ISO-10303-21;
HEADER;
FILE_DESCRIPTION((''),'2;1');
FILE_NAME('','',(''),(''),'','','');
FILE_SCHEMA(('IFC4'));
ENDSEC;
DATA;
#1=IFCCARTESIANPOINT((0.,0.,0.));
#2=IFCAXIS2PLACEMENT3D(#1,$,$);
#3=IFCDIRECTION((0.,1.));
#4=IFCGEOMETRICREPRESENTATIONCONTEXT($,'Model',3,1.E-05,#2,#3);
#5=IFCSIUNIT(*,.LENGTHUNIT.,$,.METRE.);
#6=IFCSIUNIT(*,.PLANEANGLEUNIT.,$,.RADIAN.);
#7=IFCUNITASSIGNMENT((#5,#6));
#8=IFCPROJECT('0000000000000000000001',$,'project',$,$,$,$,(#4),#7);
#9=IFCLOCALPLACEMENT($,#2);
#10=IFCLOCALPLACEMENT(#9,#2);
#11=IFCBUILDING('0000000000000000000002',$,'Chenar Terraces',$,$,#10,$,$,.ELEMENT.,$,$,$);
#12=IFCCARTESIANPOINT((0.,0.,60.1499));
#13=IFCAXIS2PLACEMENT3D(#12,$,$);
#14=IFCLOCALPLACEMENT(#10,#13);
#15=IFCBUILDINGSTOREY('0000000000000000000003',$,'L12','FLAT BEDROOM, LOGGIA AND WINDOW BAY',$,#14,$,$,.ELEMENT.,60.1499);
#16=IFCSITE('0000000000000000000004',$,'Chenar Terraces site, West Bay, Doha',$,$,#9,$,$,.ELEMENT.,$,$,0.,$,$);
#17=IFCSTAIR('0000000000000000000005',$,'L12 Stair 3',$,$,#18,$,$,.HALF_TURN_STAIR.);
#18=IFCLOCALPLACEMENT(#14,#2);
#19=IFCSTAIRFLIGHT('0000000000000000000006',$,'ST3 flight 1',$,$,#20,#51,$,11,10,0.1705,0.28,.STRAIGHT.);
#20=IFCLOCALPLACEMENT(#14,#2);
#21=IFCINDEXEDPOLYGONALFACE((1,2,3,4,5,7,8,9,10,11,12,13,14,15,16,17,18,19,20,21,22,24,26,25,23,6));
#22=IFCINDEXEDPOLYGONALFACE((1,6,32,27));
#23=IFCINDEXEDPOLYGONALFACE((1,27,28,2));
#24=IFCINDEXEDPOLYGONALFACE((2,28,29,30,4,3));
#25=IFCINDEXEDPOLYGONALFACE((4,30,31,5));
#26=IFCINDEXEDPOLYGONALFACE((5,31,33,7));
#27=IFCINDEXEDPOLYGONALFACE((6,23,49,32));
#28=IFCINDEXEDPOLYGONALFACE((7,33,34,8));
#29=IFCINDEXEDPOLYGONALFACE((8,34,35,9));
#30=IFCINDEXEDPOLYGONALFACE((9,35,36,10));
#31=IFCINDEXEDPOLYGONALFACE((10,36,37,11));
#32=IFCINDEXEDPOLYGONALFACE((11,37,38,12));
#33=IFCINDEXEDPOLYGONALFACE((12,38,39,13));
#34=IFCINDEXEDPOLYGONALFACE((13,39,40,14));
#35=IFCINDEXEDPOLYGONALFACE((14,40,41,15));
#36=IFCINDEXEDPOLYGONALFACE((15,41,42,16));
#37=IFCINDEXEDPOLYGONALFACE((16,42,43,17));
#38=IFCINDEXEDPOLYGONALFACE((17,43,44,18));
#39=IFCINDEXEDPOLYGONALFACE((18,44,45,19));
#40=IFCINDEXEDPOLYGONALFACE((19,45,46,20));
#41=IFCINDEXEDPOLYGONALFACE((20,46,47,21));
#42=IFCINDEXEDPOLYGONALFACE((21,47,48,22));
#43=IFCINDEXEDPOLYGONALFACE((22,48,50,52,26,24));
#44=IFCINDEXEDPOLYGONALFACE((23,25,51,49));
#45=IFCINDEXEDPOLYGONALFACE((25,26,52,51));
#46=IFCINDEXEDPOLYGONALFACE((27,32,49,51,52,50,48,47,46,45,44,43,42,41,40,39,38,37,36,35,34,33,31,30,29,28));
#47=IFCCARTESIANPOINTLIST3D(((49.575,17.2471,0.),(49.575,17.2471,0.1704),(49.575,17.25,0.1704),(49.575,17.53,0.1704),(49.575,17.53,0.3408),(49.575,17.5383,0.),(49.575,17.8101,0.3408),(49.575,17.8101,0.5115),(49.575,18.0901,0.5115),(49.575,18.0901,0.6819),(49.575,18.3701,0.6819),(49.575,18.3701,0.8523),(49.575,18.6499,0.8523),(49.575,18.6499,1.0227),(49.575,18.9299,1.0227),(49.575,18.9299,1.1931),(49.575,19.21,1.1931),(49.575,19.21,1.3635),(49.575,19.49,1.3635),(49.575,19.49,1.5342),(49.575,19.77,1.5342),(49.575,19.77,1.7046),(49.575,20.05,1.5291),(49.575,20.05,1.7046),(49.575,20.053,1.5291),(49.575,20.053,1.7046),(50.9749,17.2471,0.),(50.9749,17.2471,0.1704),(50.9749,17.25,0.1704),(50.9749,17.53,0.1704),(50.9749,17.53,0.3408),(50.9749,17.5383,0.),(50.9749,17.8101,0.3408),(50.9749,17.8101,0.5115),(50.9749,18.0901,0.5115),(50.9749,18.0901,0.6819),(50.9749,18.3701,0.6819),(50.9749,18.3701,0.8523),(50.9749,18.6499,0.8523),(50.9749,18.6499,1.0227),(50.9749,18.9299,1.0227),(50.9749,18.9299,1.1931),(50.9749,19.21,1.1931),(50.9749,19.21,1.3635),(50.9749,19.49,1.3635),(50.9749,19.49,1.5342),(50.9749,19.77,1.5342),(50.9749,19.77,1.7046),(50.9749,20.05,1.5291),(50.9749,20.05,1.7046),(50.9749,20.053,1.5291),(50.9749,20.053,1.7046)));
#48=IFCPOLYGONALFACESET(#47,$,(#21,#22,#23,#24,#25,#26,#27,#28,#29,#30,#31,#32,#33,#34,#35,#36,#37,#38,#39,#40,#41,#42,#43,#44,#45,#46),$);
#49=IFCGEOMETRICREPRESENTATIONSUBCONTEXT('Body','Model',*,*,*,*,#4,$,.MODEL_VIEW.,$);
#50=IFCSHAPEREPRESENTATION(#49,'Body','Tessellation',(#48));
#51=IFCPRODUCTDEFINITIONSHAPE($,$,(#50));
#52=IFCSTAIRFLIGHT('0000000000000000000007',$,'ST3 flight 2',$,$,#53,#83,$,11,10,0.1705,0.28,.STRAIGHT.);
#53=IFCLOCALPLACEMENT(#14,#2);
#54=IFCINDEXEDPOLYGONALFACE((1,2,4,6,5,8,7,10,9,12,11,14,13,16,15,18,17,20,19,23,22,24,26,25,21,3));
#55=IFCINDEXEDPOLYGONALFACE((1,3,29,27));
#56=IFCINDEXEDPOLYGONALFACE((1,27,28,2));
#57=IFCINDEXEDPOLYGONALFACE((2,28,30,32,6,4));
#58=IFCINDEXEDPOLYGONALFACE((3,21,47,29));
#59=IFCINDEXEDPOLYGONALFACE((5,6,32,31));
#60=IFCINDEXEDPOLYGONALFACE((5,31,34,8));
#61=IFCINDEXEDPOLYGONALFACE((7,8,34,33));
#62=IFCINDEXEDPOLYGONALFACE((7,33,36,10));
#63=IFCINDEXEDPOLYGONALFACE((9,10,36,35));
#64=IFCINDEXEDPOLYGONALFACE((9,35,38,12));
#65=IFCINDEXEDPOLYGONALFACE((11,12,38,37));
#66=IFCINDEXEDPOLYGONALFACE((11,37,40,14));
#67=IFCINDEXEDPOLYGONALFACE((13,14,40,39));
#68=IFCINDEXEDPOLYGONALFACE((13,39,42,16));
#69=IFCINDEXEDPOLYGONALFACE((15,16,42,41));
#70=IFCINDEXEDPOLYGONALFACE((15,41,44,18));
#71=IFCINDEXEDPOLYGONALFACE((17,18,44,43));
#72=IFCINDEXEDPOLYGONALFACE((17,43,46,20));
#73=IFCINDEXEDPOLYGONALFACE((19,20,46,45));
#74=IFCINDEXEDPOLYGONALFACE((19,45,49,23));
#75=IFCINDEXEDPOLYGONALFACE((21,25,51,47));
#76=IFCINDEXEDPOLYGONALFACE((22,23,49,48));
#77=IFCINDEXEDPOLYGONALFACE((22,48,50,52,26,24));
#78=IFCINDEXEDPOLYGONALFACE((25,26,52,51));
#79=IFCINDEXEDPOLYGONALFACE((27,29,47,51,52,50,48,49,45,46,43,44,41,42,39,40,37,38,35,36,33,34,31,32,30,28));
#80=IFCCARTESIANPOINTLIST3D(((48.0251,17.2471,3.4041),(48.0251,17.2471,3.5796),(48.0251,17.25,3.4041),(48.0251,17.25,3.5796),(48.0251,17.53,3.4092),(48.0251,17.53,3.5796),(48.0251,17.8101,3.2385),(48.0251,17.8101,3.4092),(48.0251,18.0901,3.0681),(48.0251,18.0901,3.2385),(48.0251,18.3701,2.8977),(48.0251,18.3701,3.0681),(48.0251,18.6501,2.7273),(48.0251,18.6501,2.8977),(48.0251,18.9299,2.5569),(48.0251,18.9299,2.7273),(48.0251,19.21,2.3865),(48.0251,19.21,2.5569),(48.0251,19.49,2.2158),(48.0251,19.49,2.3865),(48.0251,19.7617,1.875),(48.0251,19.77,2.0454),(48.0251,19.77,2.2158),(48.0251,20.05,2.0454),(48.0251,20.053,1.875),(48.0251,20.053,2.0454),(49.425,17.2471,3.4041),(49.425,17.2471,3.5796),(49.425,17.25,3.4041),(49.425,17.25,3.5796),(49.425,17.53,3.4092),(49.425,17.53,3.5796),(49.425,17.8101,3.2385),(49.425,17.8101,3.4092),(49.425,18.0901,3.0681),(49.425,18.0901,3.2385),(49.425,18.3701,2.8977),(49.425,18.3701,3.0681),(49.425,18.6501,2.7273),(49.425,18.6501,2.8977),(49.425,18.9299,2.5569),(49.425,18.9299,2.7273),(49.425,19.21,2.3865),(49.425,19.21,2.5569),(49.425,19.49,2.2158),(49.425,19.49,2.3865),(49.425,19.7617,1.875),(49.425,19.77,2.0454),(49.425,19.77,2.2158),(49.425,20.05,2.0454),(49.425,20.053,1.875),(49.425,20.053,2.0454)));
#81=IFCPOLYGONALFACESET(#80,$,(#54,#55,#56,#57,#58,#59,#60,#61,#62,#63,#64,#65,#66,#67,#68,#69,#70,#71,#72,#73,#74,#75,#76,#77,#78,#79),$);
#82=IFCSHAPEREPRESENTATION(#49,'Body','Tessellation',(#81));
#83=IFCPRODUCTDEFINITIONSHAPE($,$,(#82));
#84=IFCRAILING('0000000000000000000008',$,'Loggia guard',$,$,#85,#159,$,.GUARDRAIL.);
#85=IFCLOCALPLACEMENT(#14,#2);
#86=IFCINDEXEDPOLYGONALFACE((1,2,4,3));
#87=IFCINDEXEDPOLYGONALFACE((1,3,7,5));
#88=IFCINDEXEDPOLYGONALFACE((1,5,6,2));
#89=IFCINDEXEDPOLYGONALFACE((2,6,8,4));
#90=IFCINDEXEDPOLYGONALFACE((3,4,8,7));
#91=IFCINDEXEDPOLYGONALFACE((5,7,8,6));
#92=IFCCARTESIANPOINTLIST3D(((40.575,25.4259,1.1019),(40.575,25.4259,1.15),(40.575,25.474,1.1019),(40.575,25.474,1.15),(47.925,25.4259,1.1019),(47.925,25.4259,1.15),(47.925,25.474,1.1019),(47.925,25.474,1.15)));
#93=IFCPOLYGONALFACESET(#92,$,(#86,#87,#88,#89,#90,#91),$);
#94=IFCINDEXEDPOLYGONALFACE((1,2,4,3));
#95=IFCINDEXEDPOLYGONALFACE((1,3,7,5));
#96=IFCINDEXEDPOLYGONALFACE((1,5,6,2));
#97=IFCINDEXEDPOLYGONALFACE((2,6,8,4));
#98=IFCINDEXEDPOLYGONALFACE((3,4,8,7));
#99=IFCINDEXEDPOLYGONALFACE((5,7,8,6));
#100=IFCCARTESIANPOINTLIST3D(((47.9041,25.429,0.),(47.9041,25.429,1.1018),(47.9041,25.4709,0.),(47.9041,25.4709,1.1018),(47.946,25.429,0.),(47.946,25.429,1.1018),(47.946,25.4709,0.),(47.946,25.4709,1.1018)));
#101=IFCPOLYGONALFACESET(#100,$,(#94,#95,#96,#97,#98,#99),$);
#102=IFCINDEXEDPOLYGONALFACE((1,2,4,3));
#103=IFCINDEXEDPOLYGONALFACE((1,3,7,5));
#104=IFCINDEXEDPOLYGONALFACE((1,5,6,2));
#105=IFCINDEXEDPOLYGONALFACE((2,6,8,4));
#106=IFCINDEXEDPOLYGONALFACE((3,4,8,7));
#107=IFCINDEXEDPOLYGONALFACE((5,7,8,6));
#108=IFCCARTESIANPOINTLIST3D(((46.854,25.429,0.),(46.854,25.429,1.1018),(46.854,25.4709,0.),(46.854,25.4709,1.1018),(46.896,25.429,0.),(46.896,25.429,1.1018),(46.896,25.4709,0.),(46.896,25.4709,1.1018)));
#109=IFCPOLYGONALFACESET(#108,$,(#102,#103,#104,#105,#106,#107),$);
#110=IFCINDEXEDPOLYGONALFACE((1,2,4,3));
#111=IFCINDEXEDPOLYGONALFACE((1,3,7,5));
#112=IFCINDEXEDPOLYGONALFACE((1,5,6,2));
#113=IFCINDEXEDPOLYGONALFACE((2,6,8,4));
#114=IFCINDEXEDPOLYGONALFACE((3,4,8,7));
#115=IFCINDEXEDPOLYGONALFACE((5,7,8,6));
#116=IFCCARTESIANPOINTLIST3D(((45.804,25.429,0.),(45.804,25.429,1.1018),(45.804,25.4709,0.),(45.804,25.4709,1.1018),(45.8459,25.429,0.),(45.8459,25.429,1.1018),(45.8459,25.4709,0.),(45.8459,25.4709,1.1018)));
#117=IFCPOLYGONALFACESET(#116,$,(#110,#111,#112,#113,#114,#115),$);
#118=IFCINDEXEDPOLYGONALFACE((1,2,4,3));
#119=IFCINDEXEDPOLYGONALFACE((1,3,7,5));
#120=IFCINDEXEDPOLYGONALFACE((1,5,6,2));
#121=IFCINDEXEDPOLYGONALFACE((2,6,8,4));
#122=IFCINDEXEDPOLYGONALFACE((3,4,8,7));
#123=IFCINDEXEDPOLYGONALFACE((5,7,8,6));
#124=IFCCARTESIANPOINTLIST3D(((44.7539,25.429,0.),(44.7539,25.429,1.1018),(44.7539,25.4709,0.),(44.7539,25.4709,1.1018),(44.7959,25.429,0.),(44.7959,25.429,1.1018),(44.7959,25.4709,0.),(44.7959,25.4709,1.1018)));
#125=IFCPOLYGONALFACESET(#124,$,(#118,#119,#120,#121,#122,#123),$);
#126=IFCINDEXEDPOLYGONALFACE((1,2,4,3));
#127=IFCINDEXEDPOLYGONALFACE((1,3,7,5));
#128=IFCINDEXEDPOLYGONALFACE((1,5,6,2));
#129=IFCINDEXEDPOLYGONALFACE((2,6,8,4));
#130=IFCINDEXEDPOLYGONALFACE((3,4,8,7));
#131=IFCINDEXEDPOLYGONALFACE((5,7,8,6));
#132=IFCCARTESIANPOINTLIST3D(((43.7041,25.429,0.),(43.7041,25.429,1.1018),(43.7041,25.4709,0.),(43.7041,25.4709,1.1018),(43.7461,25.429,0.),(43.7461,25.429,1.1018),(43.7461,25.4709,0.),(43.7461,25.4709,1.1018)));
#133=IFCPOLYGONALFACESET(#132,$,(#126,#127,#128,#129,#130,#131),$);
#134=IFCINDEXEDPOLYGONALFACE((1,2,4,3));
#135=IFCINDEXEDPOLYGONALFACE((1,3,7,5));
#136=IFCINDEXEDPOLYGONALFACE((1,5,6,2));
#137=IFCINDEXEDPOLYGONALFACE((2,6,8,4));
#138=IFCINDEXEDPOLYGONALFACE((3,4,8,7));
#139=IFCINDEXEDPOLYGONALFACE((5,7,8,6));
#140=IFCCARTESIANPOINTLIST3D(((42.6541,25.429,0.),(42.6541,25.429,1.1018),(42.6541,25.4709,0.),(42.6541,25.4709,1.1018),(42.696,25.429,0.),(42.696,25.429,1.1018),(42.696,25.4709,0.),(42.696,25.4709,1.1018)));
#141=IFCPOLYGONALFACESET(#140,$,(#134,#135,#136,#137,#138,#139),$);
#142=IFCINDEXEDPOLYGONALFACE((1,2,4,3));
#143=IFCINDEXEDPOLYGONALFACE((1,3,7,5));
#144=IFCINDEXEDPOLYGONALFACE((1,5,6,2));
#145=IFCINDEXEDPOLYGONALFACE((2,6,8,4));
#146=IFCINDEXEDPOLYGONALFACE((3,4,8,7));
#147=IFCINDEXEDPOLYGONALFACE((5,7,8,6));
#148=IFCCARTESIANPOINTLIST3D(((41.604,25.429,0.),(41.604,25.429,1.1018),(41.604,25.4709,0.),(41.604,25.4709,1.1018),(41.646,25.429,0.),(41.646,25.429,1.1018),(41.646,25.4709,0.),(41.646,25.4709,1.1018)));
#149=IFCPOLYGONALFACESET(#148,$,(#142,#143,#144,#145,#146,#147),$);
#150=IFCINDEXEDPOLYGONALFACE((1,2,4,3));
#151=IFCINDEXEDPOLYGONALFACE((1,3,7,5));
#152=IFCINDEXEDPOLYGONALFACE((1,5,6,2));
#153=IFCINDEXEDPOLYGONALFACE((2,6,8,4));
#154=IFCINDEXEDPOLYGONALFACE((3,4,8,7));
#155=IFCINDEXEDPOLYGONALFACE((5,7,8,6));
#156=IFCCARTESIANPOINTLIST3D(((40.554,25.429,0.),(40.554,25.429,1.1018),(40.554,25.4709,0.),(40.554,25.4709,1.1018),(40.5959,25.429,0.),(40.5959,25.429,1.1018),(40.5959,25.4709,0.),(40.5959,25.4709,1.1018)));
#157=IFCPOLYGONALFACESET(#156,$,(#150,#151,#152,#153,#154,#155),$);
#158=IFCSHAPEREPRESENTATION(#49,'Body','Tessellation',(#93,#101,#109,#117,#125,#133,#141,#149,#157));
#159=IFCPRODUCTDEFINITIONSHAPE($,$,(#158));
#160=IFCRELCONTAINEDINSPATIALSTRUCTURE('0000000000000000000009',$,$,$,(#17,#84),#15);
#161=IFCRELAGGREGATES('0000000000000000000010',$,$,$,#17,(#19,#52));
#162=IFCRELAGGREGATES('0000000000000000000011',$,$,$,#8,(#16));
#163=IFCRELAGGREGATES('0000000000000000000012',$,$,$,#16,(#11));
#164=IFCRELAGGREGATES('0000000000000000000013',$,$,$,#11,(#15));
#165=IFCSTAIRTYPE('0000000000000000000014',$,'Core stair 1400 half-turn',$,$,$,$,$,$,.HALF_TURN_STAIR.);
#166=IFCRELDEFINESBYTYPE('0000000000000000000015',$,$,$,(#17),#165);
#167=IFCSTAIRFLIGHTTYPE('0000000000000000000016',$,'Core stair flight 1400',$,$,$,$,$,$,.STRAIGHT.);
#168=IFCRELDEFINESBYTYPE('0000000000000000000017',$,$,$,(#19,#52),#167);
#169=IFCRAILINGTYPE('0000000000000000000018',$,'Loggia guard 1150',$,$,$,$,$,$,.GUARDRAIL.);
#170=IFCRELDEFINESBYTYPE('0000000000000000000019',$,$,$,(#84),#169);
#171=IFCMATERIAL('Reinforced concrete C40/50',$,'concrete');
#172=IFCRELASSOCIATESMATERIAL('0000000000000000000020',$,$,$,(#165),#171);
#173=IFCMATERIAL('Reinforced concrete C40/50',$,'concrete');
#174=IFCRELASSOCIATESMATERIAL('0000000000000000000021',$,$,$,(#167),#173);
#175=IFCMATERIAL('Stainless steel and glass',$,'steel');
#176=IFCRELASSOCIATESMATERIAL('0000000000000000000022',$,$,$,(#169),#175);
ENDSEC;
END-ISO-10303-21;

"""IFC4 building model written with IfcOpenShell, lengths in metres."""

from ifc_helpers import new_model, si_unit, direction, frame, origin, origin_2d, place, context, subcontext, project, spatial, polyline, rectangle, outline, extrude, material, type_object, element, aggregate, save


model = new_model("IFC4")

# Units and contexts
model_context = context("Model", 3, precision=1e-05, world=origin(), true_north=direction((0.0, 1.0)))
body_context = subcontext(model_context, "Body", "Model", "MODEL_VIEW")
ifc_project = project(units=[si_unit("LENGTHUNIT", "METRE"), si_unit("PLANEANGLEUNIT", "RADIAN")], contexts=[model_context])

# Site, building, storey
site_placement = place(None, origin())
site = spatial("IfcSite", under=ifc_project, at=site_placement, Name="Chenar Terraces site, West Bay, Doha", CompositionType="ELEMENT", RefElevation=0.0)
building_placement = place(site_placement, origin())
building = spatial("IfcBuilding", under=site, at=building_placement, Name="Chenar Terraces", CompositionType="ELEMENT")
storey_placement = place(building_placement, frame((0.0, 0.0, 60.1499)))
storey = spatial("IfcBuildingStorey", under=building, at=storey_placement, Name="L12", Description="FLAT BEDROOM, LOGGIA AND WINDOW BAY", CompositionType="ELEMENT", Elevation=60.1499)

# Stair, stair flights
ifc_material_1 = material(Name="Reinforced concrete C40/50", Category="concrete")
stair_type = type_object("IfcStairType", Name="Core stair 1400 half-turn", PredefinedType="HALF_TURN_STAIR", material=ifc_material_1)
stair_placement = place(storey_placement, origin())
stair = element("IfcStair", 1, at=stair_placement, inside=storey, type_object=stair_type, Name="L12 Stair 3", PredefinedType="HALF_TURN_STAIR")
ifc_material_2 = material(Name="Reinforced concrete C40/50", Category="concrete")
stair_flight_type = type_object("IfcStairFlightType", Name="Core stair flight 1400", PredefinedType="STRAIGHT", material=ifc_material_2)
stair_flight_1_placement = place(storey_placement, frame((50.2749, 17.25, 0.0), z_axis=(0.0, 0.0, 1.0), x_axis=(0.0, 1.0, 0.0)))
stair_flight_1 = element("IfcStairFlight", 2, at=stair_flight_1_placement, type_object=stair_flight_type, Name="ST3 flight 1", NumberOfRisers=11, NumberOfTreads=10, PredefinedType="STRAIGHT", RiserHeight=0.1705, TreadLength=0.28, context=body_context, shape_type="SweptSolid", body=[
    extrude(outline(polyline([(-0.0029, 0.0), (-0.0029, 0.1704), (0.0, 0.1704), (0.28, 0.1704), (0.28, 0.3408), (0.5601, 0.3408), (0.5601, 0.5115), (0.8401, 0.5115), (0.8401, 0.6819), (1.1201, 0.6819), (1.1201, 0.8523), (1.3999, 0.8523), (1.3999, 1.0227), (1.6799, 1.0227), (1.6799, 1.1931), (1.96, 1.1931), (1.96, 1.3635), (2.24, 1.3635), (2.24, 1.5342), (2.52, 1.5342), (2.52, 1.7046), (2.8, 1.7046), (2.803, 1.7046), (2.803, 1.5291), (2.8, 1.5291), (0.2883, 0.0), (-0.0029, 0.0)])), frame((0.0, 0.7, 0.0), z_axis=(0.0, -1.0, 0.0), x_axis=(1.0, 0.0, 0.0)), (0.0, 0.0, 1.0), 1.3999),
])
stair_flight_2_placement = place(storey_placement, frame((48.7251, 20.05, 1.875), z_axis=(0.0, 0.0, 1.0), x_axis=(0.0, -1.0, 0.0)))
stair_flight_2 = element("IfcStairFlight", 3, at=stair_flight_2_placement, type_object=stair_flight_type, Name="ST3 flight 2", NumberOfRisers=11, NumberOfTreads=10, PredefinedType="STRAIGHT", RiserHeight=0.1705, TreadLength=0.28, context=body_context, shape_type="SweptSolid", body=[
    extrude(outline(polyline([(-0.0029, 0.0), (-0.0029, 0.1704), (0.0, 0.1704), (0.28, 0.1704), (0.28, 0.3408), (0.5601, 0.3408), (0.5601, 0.5115), (0.8401, 0.5115), (0.8401, 0.6819), (1.1201, 0.6819), (1.1201, 0.8523), (1.3999, 0.8523), (1.3999, 1.0227), (1.6799, 1.0227), (1.6799, 1.1931), (1.96, 1.1931), (1.96, 1.3635), (2.24, 1.3635), (2.24, 1.5342), (2.52, 1.5342), (2.52, 1.7046), (2.8, 1.7046), (2.803, 1.7046), (2.803, 1.5291), (2.8, 1.5291), (0.2883, 0.0), (-0.0029, 0.0)])), frame((0.0, 0.7, 0.0), z_axis=(0.0, -1.0, 0.0), x_axis=(1.0, 0.0, 0.0)), (0.0, 0.0, 1.0), 1.3999),
])
aggregate(stair, [stair_flight_1, stair_flight_2])

# Railing
ifc_material_3 = material(Name="Stainless steel and glass", Category="steel")
railing_type_1 = type_object("IfcRailingType", Name="Loggia guard 1150", PredefinedType="GUARDRAIL", material=ifc_material_3)
railing_1_placement = place(storey_placement, frame((47.925, 25.45, 0.0)))
element("IfcRailing", 4, at=railing_1_placement, inside=storey, type_object=railing_type_1, Name="Loggia guard", PredefinedType="GUARDRAIL", context=body_context, shape_type="SweptSolid", body=[
    extrude(rectangle(XDim=0.0481, YDim=0.0481, at=origin_2d()), frame((0.0, 0.0, 1.126), z_axis=(-1.0, 0.0, 0.0), x_axis=(0.0, -1.0, 0.0)), (0.0, 0.0, 1.0), 7.3501),
    extrude(rectangle(XDim=0.042, YDim=0.042, at=origin_2d()), origin(), (0.0, 0.0, 1.0), 1.1018),
    extrude(rectangle(XDim=0.042, YDim=0.042, at=origin_2d()), frame((-1.05, 0.0, 0.0)), (0.0, 0.0, 1.0), 1.1018),
    extrude(rectangle(XDim=0.042, YDim=0.042, at=origin_2d()), frame((-2.1001, 0.0, 0.0)), (0.0, 0.0, 1.0), 1.1018),
    extrude(rectangle(XDim=0.042, YDim=0.042, at=origin_2d()), frame((-3.1501, 0.0, 0.0)), (0.0, 0.0, 1.0), 1.1018),
    extrude(rectangle(XDim=0.042, YDim=0.042, at=origin_2d()), frame((-4.2, 0.0, 0.0)), (0.0, 0.0, 1.0), 1.1018),
    extrude(rectangle(XDim=0.042, YDim=0.042, at=origin_2d()), frame((-5.25, 0.0, 0.0)), (0.0, 0.0, 1.0), 1.1018),
    extrude(rectangle(XDim=0.042, YDim=0.042, at=origin_2d()), frame((-6.3, 0.0, 0.0)), (0.0, 0.0, 1.0), 1.1018),
    extrude(rectangle(XDim=0.042, YDim=0.042, at=origin_2d()), frame((-7.3501, 0.0, 0.0)), (0.0, 0.0, 1.0), 1.1018),
])

save(model, "model.ifc")
